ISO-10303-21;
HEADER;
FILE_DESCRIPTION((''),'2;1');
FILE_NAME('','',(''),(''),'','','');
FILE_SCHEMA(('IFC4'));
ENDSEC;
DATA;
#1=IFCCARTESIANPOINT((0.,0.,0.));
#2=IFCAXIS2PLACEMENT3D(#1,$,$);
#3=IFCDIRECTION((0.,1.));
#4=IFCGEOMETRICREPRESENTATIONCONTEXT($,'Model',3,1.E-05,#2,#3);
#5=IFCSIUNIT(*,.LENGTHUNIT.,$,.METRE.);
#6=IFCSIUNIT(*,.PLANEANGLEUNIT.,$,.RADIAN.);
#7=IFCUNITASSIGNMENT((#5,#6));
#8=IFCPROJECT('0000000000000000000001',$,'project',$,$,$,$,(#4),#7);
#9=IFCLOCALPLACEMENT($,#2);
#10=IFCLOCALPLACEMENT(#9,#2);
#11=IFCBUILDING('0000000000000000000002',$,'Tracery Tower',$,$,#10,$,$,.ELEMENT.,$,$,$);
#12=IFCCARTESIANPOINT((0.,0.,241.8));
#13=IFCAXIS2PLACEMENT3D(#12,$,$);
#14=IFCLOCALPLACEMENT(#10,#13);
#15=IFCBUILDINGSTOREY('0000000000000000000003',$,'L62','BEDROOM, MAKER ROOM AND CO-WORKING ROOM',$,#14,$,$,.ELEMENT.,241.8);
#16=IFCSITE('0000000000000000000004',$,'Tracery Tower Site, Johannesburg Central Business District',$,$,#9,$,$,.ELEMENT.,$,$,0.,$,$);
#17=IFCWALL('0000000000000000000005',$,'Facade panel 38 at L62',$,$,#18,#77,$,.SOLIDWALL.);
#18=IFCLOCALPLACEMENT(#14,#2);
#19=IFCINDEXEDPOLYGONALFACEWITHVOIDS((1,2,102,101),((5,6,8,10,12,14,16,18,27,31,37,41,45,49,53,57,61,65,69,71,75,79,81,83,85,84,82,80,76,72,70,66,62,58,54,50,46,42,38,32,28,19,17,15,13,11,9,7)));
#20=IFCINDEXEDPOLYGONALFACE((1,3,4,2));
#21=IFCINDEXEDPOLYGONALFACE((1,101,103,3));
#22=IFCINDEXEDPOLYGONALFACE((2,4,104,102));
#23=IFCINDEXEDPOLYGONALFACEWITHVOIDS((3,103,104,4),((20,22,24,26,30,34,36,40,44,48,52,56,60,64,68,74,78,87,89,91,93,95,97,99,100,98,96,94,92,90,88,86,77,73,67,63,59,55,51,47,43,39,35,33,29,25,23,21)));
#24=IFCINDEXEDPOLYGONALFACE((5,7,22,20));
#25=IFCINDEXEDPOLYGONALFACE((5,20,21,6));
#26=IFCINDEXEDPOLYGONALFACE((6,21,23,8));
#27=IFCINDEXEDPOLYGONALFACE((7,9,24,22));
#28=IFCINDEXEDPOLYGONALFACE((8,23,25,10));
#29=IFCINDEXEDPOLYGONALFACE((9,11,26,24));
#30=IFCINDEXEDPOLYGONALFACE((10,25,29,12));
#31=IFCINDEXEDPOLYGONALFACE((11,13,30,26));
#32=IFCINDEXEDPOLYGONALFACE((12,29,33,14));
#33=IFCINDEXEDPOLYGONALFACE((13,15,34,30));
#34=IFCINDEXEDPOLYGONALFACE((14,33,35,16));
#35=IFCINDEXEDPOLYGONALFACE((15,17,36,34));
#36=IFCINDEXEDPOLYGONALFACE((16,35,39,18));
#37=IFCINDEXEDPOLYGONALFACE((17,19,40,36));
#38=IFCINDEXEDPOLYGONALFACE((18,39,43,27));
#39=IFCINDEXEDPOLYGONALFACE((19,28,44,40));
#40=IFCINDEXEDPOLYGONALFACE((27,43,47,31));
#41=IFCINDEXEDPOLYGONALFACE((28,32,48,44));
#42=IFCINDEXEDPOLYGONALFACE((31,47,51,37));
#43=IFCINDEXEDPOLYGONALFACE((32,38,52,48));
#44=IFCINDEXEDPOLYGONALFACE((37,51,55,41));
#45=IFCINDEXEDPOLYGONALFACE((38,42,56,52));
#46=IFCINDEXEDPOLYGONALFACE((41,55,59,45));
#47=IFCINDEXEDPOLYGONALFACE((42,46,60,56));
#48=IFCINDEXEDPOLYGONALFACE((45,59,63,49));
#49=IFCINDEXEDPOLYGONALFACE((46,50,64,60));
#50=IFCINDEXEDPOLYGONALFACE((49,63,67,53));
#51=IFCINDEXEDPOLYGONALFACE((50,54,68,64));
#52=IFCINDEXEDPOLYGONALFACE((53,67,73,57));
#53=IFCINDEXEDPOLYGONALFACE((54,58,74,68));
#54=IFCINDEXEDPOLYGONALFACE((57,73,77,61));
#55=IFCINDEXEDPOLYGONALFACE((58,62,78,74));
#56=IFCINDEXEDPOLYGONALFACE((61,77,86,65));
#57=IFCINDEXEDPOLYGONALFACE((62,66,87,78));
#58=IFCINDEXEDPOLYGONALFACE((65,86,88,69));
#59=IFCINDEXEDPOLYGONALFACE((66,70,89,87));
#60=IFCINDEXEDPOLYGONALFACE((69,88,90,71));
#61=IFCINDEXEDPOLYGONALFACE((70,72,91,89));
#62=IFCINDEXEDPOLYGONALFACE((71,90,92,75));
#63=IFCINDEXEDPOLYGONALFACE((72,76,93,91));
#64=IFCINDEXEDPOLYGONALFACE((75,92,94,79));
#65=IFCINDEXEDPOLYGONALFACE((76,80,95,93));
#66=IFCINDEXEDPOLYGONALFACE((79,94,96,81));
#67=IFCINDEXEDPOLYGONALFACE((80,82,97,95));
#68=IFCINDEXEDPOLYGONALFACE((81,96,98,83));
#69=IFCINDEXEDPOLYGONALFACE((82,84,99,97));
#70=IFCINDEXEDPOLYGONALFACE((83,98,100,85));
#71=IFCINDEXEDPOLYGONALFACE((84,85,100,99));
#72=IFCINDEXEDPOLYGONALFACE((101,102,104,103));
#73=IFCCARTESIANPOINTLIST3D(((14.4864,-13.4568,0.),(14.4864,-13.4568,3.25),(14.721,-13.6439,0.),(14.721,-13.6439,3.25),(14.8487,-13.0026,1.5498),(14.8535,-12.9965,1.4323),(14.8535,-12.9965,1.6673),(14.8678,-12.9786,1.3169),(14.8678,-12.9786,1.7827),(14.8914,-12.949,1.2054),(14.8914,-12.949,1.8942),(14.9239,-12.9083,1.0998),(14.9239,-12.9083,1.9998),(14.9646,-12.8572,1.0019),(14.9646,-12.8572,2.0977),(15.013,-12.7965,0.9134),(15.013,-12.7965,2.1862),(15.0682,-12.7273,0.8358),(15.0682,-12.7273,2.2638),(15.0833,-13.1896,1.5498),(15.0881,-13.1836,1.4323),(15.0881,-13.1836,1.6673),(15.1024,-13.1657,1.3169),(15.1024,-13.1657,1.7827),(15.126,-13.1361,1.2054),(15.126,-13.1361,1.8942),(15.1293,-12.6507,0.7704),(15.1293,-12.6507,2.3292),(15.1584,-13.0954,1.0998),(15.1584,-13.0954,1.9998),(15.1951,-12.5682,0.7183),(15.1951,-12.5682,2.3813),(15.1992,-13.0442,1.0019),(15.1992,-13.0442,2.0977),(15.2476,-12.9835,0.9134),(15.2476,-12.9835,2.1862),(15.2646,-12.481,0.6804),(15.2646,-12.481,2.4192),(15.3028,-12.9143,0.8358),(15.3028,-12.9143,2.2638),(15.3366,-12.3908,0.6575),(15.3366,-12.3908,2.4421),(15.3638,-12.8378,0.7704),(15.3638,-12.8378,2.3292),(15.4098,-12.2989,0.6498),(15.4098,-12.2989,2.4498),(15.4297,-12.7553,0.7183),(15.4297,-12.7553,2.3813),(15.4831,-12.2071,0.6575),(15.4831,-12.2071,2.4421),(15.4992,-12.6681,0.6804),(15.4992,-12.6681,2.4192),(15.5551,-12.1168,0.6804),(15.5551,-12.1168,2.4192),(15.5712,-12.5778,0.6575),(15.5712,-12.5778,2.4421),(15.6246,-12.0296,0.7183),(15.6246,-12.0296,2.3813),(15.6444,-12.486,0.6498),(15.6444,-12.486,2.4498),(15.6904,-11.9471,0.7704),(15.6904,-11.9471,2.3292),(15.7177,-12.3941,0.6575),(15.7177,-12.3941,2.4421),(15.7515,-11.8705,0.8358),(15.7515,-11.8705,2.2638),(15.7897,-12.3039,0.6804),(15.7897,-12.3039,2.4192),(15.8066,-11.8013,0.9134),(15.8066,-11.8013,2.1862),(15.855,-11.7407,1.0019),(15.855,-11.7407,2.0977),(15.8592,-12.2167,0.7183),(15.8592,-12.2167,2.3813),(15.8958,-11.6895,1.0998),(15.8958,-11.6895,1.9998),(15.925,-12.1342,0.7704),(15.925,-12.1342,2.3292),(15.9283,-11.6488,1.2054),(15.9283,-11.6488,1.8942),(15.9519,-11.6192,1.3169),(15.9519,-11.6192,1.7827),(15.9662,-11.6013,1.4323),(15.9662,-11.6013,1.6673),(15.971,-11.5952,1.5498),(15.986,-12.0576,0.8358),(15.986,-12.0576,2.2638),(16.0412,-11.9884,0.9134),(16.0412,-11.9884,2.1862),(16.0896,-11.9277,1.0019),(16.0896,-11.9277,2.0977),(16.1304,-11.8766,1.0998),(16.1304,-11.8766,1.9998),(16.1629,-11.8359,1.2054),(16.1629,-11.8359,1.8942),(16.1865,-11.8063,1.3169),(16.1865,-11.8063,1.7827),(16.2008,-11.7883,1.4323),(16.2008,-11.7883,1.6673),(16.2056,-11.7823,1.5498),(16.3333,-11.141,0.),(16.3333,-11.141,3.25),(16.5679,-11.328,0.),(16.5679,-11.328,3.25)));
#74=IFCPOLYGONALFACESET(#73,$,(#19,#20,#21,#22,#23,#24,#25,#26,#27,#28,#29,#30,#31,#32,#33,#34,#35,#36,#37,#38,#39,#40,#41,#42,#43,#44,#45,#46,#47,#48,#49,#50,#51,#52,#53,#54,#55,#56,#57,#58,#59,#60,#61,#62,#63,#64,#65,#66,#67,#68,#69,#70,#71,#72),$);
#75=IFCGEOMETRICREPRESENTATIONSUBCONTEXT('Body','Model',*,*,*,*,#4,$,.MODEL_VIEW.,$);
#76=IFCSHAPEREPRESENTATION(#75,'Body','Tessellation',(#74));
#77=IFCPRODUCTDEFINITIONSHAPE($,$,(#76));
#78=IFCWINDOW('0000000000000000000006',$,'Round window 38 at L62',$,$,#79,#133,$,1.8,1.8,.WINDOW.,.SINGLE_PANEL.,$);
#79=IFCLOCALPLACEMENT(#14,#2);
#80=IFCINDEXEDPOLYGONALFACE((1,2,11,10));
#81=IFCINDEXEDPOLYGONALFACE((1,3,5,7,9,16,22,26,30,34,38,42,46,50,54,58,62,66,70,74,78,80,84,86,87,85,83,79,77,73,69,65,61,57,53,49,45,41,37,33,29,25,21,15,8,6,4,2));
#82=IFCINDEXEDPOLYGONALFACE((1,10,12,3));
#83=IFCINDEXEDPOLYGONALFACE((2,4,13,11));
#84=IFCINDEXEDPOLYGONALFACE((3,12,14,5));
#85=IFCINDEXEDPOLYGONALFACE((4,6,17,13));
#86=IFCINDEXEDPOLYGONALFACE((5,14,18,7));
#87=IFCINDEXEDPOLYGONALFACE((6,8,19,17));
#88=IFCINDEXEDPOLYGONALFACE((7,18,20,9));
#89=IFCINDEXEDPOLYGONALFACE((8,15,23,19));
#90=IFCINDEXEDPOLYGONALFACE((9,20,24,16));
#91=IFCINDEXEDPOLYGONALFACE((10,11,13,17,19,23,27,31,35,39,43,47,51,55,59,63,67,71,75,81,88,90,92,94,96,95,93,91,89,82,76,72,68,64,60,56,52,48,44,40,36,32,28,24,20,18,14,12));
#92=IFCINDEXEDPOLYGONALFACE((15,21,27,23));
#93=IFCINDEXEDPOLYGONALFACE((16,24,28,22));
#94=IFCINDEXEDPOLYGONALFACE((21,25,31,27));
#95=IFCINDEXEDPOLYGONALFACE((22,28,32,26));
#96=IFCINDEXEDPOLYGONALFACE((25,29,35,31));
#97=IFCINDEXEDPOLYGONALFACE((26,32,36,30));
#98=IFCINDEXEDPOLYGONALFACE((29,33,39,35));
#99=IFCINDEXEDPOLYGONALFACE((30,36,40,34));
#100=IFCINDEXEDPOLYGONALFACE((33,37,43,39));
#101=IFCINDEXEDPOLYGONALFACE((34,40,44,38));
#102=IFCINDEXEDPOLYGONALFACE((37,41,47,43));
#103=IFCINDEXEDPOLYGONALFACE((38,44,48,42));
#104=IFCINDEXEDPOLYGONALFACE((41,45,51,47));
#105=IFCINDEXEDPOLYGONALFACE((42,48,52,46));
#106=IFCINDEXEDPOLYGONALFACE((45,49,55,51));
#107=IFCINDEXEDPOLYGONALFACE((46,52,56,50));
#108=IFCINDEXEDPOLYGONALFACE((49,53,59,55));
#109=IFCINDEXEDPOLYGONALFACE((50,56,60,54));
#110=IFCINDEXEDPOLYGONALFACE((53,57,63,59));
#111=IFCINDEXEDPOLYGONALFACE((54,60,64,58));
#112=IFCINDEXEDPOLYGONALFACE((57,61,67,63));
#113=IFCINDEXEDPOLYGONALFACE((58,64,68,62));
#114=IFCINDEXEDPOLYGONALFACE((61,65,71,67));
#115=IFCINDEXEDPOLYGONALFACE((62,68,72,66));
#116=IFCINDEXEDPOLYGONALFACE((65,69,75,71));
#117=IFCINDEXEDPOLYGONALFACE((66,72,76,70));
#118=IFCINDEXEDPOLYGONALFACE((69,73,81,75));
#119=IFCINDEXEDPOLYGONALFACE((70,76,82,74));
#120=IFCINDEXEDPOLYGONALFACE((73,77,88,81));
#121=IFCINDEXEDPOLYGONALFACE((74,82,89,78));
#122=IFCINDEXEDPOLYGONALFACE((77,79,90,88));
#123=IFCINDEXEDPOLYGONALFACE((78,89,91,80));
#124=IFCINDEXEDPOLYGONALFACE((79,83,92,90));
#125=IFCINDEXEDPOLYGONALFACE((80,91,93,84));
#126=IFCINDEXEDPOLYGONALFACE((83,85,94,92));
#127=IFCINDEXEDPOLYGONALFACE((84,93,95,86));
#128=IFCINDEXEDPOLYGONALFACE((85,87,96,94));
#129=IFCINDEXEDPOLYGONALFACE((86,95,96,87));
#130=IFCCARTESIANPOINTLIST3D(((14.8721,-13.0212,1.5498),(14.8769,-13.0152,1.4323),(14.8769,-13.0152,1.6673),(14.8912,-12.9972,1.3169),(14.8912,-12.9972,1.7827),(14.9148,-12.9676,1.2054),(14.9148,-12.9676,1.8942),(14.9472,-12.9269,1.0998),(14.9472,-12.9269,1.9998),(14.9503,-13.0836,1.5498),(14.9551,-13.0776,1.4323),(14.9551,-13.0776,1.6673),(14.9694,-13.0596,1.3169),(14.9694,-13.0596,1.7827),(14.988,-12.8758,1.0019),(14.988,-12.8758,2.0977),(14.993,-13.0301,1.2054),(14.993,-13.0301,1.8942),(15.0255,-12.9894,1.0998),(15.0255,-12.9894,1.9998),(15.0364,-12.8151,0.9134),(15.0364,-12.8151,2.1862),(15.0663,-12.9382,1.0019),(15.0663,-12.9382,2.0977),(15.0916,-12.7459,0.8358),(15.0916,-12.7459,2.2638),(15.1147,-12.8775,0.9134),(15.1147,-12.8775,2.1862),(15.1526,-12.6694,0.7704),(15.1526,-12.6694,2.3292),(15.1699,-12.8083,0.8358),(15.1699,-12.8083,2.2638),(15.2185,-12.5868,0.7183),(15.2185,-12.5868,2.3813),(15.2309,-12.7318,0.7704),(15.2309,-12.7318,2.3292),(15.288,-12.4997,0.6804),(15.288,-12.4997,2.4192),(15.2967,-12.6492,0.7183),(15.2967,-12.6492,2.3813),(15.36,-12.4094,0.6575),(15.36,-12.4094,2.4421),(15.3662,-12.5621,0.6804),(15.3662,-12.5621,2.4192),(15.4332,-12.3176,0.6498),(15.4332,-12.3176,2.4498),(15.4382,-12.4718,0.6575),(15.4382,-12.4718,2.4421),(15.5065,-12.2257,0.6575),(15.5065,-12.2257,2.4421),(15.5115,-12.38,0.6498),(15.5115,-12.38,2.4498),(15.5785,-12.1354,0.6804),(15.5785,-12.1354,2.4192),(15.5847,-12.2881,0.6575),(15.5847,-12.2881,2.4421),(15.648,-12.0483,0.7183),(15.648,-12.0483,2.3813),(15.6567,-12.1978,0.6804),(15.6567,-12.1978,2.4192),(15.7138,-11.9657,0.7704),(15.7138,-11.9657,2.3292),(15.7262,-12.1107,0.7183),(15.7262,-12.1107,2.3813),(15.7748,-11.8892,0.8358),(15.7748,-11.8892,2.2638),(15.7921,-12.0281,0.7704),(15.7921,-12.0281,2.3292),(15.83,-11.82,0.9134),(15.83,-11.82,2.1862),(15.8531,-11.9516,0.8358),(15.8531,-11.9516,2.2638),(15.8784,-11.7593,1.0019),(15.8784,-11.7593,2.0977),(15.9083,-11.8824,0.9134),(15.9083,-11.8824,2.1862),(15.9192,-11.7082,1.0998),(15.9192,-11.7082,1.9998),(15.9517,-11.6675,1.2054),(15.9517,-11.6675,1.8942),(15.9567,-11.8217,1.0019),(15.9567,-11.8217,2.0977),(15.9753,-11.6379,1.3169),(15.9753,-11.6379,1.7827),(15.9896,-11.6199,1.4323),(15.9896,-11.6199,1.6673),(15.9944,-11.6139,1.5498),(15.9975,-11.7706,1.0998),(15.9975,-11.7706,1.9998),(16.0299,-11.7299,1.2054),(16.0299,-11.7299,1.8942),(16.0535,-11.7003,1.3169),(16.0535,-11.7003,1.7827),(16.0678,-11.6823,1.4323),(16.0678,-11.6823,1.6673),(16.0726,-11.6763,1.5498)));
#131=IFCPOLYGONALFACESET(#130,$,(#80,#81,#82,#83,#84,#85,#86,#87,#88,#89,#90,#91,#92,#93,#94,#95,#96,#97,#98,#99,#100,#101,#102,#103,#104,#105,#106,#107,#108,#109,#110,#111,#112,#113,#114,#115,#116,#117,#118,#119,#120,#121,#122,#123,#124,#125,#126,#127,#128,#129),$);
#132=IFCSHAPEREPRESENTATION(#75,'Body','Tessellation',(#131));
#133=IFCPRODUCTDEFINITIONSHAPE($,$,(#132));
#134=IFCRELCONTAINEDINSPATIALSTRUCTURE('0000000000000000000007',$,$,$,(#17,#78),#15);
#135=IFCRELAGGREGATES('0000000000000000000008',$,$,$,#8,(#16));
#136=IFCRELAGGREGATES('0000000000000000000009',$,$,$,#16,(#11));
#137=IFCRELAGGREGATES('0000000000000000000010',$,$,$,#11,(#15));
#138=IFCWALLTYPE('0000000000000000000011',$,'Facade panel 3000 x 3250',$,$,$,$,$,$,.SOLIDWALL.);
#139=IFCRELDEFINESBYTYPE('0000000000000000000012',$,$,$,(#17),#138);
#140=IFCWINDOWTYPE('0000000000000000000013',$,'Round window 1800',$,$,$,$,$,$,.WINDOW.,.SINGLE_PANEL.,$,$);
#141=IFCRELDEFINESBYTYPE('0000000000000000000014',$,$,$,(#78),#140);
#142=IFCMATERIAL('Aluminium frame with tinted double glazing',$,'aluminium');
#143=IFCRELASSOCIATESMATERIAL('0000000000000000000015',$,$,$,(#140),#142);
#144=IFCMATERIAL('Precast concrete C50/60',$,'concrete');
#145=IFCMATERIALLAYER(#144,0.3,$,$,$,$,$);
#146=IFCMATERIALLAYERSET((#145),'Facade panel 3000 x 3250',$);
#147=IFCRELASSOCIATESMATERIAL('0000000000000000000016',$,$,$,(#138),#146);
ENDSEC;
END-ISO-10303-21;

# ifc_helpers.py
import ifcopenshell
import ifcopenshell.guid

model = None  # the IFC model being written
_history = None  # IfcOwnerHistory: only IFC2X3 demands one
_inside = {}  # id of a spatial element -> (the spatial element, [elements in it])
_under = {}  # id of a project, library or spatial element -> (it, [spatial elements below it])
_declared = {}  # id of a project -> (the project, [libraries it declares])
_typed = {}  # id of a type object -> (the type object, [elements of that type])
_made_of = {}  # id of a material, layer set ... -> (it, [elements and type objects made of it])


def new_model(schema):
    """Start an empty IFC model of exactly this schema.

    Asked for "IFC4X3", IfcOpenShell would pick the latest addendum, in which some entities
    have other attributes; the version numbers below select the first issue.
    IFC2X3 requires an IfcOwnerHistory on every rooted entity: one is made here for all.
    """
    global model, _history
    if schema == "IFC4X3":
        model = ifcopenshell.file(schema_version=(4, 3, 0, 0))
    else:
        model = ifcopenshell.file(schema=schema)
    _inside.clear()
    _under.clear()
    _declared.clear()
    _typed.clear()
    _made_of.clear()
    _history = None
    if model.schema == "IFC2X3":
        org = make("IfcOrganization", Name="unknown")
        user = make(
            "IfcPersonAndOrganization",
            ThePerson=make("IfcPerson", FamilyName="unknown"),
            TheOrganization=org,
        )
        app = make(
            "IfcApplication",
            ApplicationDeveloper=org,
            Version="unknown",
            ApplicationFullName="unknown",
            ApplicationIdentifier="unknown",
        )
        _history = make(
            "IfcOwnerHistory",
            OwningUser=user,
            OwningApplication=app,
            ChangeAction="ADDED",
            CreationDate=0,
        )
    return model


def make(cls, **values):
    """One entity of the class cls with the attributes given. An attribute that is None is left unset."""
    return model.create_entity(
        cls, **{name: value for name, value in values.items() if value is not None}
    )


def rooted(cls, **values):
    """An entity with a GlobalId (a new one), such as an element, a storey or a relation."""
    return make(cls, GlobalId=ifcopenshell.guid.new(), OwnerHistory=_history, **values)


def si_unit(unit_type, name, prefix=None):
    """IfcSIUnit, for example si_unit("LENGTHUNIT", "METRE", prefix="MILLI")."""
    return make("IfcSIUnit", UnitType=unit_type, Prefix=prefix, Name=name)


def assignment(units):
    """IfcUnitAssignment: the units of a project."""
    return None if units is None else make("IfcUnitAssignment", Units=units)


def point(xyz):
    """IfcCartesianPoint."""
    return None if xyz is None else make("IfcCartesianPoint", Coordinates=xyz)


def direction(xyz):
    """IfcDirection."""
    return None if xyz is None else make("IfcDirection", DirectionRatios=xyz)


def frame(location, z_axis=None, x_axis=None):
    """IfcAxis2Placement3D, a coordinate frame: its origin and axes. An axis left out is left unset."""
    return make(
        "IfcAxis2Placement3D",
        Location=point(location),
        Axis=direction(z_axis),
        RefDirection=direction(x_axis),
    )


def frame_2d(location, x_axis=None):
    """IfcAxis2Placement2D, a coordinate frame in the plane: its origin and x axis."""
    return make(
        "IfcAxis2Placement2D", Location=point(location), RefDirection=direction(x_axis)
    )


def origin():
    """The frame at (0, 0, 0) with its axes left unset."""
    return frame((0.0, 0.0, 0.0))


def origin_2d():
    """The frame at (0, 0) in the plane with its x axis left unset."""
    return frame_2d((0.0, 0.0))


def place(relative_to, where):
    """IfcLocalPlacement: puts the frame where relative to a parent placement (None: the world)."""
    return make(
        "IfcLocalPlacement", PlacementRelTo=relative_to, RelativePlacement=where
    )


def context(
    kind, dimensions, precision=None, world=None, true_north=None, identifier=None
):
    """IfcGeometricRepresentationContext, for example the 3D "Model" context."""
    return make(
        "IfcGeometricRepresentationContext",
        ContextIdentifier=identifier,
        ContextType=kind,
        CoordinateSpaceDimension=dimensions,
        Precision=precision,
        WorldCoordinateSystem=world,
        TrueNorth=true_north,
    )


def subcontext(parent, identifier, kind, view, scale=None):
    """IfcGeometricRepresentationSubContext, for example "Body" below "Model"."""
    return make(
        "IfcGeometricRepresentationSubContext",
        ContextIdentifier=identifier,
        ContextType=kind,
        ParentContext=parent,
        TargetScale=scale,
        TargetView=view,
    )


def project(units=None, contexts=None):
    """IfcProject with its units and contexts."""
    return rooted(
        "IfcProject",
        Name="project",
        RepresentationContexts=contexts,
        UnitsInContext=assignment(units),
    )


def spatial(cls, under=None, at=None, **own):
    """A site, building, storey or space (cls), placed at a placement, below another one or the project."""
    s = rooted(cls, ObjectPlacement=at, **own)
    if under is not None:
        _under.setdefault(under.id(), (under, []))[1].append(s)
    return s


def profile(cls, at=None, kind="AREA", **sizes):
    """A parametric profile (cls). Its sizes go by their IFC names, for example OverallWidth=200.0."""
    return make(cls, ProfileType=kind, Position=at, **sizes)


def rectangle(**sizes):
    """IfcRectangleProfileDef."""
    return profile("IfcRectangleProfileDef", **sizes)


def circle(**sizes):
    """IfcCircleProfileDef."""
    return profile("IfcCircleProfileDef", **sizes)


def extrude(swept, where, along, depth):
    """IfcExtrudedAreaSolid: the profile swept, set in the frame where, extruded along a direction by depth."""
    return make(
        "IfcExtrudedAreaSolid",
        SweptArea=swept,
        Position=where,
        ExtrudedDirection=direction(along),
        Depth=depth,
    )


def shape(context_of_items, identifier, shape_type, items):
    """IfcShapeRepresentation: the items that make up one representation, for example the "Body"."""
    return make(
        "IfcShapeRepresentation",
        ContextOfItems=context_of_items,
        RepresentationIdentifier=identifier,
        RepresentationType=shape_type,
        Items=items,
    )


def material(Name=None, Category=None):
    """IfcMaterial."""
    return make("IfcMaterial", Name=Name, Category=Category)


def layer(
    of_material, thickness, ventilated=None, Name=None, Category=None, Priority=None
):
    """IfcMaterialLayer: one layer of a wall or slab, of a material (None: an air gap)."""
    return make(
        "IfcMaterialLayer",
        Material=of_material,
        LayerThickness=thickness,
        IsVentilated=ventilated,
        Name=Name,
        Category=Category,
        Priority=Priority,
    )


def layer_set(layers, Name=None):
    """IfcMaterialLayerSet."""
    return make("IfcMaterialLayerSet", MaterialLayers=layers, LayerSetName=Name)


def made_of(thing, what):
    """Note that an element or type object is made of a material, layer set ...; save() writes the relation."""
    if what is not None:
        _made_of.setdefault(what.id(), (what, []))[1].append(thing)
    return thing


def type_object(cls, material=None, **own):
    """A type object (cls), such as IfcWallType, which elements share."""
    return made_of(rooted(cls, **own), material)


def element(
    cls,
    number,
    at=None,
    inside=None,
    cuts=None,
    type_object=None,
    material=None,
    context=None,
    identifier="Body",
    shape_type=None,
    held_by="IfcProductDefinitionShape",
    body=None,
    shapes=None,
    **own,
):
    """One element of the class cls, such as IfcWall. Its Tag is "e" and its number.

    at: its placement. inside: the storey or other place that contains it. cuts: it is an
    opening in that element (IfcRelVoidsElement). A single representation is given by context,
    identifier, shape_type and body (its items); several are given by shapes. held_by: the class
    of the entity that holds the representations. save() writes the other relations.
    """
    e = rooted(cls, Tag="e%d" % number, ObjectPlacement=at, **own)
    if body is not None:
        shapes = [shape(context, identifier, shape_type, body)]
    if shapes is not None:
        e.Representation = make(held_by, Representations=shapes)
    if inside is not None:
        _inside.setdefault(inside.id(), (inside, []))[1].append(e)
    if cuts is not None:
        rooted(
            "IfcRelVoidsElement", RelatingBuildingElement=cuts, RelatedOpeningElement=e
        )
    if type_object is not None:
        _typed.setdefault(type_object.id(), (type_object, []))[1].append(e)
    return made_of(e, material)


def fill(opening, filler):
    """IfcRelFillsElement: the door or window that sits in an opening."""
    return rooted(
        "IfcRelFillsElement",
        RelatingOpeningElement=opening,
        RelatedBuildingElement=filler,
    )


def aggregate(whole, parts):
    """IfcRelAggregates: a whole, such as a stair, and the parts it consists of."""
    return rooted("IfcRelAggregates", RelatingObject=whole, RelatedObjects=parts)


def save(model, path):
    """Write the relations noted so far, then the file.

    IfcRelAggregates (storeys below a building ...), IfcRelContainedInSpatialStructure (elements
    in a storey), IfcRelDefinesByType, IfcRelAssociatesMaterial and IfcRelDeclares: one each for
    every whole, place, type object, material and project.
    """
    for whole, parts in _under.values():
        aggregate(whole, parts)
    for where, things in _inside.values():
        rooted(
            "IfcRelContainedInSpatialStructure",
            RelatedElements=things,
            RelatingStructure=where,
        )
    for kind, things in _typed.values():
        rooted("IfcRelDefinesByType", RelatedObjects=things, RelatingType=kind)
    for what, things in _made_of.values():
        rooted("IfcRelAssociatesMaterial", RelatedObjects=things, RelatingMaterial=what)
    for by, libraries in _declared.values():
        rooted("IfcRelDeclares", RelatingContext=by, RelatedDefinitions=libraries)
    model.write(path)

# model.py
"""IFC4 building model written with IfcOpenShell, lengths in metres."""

from ifc_helpers import new_model, si_unit, direction, frame, frame_2d, origin, origin_2d, place, context, subcontext, project, spatial, rectangle, circle, extrude, material, layer, layer_set, type_object, element, fill, save


model = new_model("IFC4")

# Units and contexts
model_context = context("Model", 3, precision=1e-05, world=origin(), true_north=direction((0.0, 1.0)))
body_context = subcontext(model_context, "Body", "Model", "MODEL_VIEW")
ifc_project = project(units=[si_unit("LENGTHUNIT", "METRE"), si_unit("PLANEANGLEUNIT", "RADIAN")], contexts=[model_context])

# Site, building, storey
site_placement = place(None, origin())
site = spatial("IfcSite", under=ifc_project, at=site_placement, Name="Tracery Tower Site, Johannesburg Central Business District", CompositionType="ELEMENT", RefElevation=0.0)
building_placement = place(site_placement, origin())
building = spatial("IfcBuilding", under=site, at=building_placement, Name="Tracery Tower", CompositionType="ELEMENT")
storey_placement = place(building_placement, frame((0.0, 0.0, 241.8)))
storey = spatial("IfcBuildingStorey", under=building, at=storey_placement, Name="L62", Description="BEDROOM, MAKER ROOM AND CO-WORKING ROOM", CompositionType="ELEMENT", Elevation=241.8)

# Wall, opening, window
ifc_material_1 = material(Name="Aluminium frame with tinted double glazing", Category="aluminium")
window_type = type_object("IfcWindowType", Name="Round window 1800", PartitioningType="SINGLE_PANEL", PredefinedType="WINDOW", material=ifc_material_1)
ifc_material_2 = material(Name="Precast concrete C50/60", Category="concrete")
ifc_layer_1 = layer(ifc_material_2, 0.3)
ifc_layer_set_1 = layer_set([ifc_layer_1], Name="Facade panel 3000 x 3250")
wall_type_1 = type_object("IfcWallType", Name="Facade panel 3000 x 3250", PredefinedType="SOLIDWALL", material=ifc_layer_set_1)
wall_1_placement = place(storey_placement, frame((14.6038, -13.5503, 0.0), z_axis=(0.0, 0.0, 1.0), x_axis=(0.623498, 0.781825, 0.0)))
wall_1 = element("IfcWall", 1, at=wall_1_placement, inside=storey, type_object=wall_type_1, Name="Facade panel 38 at L62", PredefinedType="SOLIDWALL", context=body_context, shape_type="SweptSolid", body=[
    extrude(rectangle(XDim=2.9622, YDim=0.3, at=frame_2d((1.481, 0.0))), origin(), (0.0, 0.0, 1.0), 3.25),
])
opening_1_placement = place(wall_1_placement, frame((1.481, 0.0, 1.5498)))
opening_1 = element("IfcOpeningElement", 2, at=opening_1_placement, cuts=wall_1, PredefinedType="OPENING", context=body_context, shape_type="SweptSolid", body=[
    extrude(circle(Radius=0.9, at=origin_2d()), frame((0.0, 0.1599, 0.0), z_axis=(0.0, -1.0, 0.0), x_axis=(1.0, 0.0, 0.0)), (0.0, 0.0, 1.0), 0.3201),
])
window_1_placement = place(opening_1_placement, origin())
window_1 = element("IfcWindow", 3, at=window_1_placement, inside=storey, type_object=window_type, Name="Round window 38 at L62", OverallHeight=1.8, OverallWidth=1.8, PartitioningType="SINGLE_PANEL", PredefinedType="WINDOW", context=body_context, shape_type="SweptSolid", body=[
    extrude(circle(Radius=0.9, at=origin_2d()), frame((0.0, 0.1201, 0.0), z_axis=(0.0, -1.0, 0.0), x_axis=(1.0, 0.0, 0.0)), (0.0, 0.0, 1.0), 0.1001),
])
fill(opening_1, window_1)

save(model, "model.ifc")
